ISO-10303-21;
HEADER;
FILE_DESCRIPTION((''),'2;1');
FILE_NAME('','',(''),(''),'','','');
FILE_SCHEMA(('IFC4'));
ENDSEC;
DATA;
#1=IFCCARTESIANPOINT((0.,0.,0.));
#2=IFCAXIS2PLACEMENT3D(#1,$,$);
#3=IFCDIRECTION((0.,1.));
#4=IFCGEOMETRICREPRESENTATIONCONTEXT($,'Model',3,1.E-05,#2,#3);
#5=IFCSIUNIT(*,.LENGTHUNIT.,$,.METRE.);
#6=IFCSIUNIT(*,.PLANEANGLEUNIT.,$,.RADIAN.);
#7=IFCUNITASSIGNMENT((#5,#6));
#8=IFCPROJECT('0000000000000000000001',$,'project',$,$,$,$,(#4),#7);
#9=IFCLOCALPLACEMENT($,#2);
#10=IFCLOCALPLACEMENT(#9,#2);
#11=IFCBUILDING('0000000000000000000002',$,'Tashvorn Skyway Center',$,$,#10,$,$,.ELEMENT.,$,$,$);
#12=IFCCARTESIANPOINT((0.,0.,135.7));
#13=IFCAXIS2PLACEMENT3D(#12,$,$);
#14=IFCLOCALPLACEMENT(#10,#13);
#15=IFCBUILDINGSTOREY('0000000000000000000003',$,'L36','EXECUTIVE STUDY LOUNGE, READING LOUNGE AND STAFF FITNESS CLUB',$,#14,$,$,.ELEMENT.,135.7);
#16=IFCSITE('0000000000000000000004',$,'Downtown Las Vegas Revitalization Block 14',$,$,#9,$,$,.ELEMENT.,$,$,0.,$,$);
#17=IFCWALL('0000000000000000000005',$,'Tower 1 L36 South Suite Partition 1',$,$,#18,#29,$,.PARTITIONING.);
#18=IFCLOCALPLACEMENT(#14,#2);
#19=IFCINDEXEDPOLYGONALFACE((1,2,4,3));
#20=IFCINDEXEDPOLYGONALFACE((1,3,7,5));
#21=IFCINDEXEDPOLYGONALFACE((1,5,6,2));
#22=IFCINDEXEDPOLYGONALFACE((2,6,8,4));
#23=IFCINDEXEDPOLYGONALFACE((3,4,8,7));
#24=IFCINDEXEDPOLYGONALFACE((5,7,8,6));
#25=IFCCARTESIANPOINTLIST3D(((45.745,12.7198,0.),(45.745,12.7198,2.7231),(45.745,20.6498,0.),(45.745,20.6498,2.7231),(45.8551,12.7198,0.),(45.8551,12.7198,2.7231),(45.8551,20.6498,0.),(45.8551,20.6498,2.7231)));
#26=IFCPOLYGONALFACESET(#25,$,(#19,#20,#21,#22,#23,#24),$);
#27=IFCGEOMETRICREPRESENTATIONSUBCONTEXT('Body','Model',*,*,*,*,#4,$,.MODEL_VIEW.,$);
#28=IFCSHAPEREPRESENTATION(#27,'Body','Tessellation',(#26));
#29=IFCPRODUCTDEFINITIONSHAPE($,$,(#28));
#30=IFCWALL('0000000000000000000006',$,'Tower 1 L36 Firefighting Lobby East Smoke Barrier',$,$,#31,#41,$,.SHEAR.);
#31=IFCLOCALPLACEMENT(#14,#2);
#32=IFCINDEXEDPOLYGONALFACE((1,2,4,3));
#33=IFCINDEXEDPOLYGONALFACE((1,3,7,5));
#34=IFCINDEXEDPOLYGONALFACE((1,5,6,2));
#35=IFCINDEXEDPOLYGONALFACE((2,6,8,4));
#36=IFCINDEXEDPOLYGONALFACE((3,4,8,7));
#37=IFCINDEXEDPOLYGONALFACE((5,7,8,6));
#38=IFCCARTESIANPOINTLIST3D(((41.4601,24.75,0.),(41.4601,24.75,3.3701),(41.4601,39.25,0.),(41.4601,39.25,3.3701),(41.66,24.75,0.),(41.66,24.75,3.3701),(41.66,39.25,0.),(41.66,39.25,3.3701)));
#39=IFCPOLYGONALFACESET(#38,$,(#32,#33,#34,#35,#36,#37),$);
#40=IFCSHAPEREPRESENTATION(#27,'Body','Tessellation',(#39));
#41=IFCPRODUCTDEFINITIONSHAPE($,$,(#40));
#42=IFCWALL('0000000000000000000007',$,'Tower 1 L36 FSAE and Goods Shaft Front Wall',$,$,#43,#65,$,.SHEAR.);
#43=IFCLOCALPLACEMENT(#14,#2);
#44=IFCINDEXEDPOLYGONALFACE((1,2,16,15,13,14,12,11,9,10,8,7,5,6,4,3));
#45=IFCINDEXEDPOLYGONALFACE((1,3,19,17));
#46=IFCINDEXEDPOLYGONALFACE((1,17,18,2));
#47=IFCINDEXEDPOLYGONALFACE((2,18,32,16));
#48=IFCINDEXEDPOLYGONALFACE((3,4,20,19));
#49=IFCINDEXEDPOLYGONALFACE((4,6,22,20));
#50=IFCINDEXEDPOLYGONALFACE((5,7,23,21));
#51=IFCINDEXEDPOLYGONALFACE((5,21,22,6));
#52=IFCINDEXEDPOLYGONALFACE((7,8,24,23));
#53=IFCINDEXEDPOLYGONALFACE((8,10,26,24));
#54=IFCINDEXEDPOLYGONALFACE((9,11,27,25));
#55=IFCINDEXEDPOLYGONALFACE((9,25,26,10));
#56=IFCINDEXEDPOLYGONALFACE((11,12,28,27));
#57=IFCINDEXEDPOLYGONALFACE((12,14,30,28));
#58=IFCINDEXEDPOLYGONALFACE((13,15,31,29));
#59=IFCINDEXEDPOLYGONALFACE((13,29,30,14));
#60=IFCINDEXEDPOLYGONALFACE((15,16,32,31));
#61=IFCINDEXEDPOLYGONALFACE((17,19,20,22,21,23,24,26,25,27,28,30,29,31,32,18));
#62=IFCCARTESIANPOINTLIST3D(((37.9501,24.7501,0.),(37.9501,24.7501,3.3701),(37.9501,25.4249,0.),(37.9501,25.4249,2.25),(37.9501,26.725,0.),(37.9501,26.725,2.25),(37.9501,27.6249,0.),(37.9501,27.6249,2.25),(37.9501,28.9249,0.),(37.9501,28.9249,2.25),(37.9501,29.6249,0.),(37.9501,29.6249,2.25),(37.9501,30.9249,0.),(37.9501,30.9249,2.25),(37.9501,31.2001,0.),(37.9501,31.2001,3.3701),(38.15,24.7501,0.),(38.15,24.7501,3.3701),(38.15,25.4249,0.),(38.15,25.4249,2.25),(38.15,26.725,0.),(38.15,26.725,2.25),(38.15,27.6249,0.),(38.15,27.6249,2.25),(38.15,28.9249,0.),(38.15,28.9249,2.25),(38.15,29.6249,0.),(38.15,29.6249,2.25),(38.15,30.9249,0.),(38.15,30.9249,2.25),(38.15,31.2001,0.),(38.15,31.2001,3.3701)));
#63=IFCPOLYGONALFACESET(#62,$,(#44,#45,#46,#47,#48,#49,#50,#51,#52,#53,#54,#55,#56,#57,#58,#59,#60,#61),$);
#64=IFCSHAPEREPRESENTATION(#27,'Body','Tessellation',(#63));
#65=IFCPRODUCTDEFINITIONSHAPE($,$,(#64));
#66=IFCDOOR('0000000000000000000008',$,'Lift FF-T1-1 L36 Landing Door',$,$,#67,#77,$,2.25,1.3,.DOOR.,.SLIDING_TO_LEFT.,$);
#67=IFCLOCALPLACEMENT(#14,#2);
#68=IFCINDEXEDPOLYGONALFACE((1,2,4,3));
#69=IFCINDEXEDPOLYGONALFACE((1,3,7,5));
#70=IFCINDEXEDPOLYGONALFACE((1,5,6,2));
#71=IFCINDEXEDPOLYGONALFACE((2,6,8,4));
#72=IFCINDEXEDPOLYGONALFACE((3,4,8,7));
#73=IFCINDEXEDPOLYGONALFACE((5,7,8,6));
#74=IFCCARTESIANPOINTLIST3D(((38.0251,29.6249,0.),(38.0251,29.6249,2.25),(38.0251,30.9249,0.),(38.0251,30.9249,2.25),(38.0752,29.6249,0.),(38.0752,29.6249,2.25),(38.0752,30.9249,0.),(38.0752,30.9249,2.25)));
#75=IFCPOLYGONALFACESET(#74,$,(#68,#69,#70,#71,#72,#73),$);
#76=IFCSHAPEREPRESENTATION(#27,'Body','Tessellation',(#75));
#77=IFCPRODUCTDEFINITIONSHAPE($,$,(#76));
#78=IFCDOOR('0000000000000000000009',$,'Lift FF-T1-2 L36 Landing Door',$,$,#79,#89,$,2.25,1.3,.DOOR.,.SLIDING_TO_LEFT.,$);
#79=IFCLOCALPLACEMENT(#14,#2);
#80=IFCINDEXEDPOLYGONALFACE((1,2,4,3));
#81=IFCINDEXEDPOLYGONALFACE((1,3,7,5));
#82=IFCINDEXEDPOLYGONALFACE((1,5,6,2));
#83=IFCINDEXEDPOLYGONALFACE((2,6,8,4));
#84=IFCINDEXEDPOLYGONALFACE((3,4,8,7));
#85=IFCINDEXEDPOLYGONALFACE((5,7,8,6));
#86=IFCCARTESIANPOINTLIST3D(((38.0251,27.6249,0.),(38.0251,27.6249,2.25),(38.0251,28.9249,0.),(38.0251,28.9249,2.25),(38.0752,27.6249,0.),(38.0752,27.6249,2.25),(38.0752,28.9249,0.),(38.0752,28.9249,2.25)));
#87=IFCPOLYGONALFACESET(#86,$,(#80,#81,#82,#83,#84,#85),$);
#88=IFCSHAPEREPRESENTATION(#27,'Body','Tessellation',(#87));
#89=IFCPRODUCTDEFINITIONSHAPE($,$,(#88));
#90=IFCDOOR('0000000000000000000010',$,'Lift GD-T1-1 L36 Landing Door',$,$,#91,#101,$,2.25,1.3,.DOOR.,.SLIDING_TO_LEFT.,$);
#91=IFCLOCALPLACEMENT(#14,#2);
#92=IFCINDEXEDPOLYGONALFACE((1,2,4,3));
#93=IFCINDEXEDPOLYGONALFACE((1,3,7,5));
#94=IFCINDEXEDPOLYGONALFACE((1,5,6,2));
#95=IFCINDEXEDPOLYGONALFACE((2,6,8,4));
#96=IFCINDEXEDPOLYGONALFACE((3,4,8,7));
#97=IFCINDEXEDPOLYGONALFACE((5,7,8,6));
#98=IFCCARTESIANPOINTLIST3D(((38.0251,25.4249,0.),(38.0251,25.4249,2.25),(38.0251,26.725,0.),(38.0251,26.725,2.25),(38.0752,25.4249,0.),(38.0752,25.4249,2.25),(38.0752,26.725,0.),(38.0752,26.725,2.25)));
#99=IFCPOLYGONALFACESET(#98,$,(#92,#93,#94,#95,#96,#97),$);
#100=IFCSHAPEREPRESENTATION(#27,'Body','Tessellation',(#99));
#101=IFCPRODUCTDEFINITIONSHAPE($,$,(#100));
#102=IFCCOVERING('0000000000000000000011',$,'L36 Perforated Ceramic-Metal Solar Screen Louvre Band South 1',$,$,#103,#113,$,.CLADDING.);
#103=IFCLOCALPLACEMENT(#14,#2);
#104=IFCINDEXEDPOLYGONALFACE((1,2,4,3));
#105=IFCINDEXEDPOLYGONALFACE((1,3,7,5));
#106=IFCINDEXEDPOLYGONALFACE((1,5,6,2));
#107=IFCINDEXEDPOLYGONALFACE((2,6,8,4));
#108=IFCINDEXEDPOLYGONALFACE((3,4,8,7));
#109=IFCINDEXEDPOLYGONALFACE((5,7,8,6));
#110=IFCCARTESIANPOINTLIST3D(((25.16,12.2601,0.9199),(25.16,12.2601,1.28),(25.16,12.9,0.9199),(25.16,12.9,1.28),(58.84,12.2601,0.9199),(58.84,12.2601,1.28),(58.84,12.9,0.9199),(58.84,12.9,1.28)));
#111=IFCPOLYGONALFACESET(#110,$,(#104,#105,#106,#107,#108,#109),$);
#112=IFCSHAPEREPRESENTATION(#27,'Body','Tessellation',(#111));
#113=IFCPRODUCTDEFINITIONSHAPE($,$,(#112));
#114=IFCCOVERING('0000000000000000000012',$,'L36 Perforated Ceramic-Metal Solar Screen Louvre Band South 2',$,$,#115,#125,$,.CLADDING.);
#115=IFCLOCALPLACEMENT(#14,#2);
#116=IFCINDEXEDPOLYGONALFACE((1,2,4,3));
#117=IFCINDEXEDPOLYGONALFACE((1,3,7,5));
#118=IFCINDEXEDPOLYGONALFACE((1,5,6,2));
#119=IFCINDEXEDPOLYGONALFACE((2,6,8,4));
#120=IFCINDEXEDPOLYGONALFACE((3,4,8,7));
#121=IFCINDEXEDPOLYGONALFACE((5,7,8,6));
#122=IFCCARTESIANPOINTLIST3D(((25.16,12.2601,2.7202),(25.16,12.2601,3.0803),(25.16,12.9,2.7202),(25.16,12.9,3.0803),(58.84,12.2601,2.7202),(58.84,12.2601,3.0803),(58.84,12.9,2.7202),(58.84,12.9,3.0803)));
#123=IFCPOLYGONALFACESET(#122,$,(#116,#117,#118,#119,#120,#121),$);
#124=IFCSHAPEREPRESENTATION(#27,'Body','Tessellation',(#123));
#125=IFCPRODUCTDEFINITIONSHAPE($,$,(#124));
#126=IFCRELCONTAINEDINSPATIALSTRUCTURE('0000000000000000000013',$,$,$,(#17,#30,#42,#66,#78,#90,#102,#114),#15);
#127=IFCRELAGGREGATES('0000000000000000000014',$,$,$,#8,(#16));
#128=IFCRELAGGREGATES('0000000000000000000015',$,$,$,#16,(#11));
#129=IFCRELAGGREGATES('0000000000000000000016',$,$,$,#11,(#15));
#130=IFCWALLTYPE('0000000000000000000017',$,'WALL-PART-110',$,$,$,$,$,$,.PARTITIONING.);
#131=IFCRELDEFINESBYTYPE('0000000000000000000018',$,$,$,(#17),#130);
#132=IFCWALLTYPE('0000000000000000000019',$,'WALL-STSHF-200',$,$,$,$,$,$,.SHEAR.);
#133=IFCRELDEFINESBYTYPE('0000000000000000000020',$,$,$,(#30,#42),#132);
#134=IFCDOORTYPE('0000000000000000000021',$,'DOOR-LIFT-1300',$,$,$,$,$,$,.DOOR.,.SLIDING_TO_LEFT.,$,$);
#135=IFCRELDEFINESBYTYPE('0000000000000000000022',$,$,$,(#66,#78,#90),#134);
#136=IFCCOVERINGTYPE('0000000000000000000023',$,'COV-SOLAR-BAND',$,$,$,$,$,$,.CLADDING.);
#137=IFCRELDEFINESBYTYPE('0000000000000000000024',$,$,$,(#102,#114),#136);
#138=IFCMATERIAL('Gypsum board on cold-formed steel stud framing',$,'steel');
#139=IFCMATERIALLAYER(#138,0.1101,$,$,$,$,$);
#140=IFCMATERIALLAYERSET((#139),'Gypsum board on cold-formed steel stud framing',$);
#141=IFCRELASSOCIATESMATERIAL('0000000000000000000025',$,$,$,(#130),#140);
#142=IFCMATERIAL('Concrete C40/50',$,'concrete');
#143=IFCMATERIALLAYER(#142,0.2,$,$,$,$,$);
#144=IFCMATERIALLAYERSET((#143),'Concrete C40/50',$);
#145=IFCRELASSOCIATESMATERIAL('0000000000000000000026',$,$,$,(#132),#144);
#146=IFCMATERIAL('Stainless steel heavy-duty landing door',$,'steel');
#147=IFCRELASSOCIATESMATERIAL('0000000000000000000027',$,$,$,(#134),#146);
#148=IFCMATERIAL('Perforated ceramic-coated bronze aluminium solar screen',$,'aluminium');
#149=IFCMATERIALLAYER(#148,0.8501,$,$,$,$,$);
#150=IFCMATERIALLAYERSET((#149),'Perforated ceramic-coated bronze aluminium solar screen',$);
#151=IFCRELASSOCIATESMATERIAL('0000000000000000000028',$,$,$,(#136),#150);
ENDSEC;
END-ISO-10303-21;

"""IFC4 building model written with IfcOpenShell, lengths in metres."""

from ifc_helpers import new_model, si_unit, direction, frame, frame_2d, origin, origin_2d, place, context, subcontext, project, spatial, rectangle, extrude, material, layer, layer_set, type_object, element, fill, save


model = new_model("IFC4")

# Units and contexts
model_context = context("Model", 3, precision=1e-05, world=origin(), true_north=direction((0.0, 1.0)))
body_context = subcontext(model_context, "Body", "Model", "MODEL_VIEW")
ifc_project = project(units=[si_unit("LENGTHUNIT", "METRE"), si_unit("PLANEANGLEUNIT", "RADIAN")], contexts=[model_context])

# Site, building, storey
site_placement = place(None, origin())
site = spatial("IfcSite", under=ifc_project, at=site_placement, Name="Downtown Las Vegas Revitalization Block 14", CompositionType="ELEMENT", RefElevation=0.0)
building_placement = place(site_placement, origin())
building = spatial("IfcBuilding", under=site, at=building_placement, Name="Tashvorn Skyway Center", CompositionType="ELEMENT")
storey_placement = place(building_placement, frame((0.0, 0.0, 135.7)))
storey = spatial("IfcBuildingStorey", under=building, at=storey_placement, Name="L36", Description="EXECUTIVE STUDY LOUNGE, READING LOUNGE AND STAFF FITNESS CLUB", CompositionType="ELEMENT", Elevation=135.7)

# Walls
ifc_material_1 = material(Name="Gypsum board on cold-formed steel stud framing", Category="steel")
ifc_layer_1 = layer(ifc_material_1, 0.1101)
ifc_layer_set_1 = layer_set([ifc_layer_1], Name="Gypsum board on cold-formed steel stud framing")
wall_type_1 = type_object("IfcWallType", Name="WALL-PART-110", PredefinedType="PARTITIONING", material=ifc_layer_set_1)
wall_1_placement = place(storey_placement, frame((45.8, 12.72, 0.0), z_axis=(0.0, 0.0, 1.0), x_axis=(0.0, 1.0, 0.0)))
element("IfcWall", 1, at=wall_1_placement, inside=storey, type_object=wall_type_1, Name="Tower 1 L36 South Suite Partition 1", PredefinedType="PARTITIONING", context=body_context, shape_type="SweptSolid", body=[
    extrude(rectangle(XDim=7.9299, YDim=0.1101, at=frame_2d((3.9648, 0.0))), origin(), (0.0, 0.0, 1.0), 2.7231),
])
ifc_material_2 = material(Name="Concrete C40/50", Category="concrete")
ifc_layer_2 = layer(ifc_material_2, 0.2)
ifc_layer_set_2 = layer_set([ifc_layer_2], Name="Concrete C40/50")
wall_type_2 = type_object("IfcWallType", Name="WALL-STSHF-200", PredefinedType="SHEAR", material=ifc_layer_set_2)
wall_2_placement = place(storey_placement, frame((41.5601, 24.75, 0.0), z_axis=(0.0, 0.0, 1.0), x_axis=(0.0, 1.0, 0.0)))
element("IfcWall", 2, at=wall_2_placement, inside=storey, type_object=wall_type_2, Name="Tower 1 L36 Firefighting Lobby East Smoke Barrier", PredefinedType="SHEAR", context=body_context, shape_type="SweptSolid", body=[
    extrude(rectangle(XDim=14.5, YDim=0.2, at=frame_2d((7.25, 0.0))), origin(), (0.0, 0.0, 1.0), 3.3701),
])

# Wall, openings, doors
wall_3_placement = place(storey_placement, frame((38.05, 24.75, 0.0), z_axis=(0.0, 0.0, 1.0), x_axis=(0.0, 1.0, 0.0)))
wall_3 = element("IfcWall", 3, at=wall_3_placement, inside=storey, type_object=wall_type_2, Name="Tower 1 L36 FSAE and Goods Shaft Front Wall", PredefinedType="SHEAR", context=body_context, shape_type="SweptSolid", body=[
    extrude(rectangle(XDim=6.45, YDim=0.2, at=frame_2d((3.2251, 0.0))), origin(), (0.0, 0.0, 1.0), 3.3701),
])
opening_1_placement = place(wall_3_placement, frame((4.875, 0.0, 0.0)))
opening_1 = element("IfcOpeningElement", 4, at=opening_1_placement, cuts=wall_3, PredefinedType="OPENING", context=body_context, shape_type="SweptSolid", body=[
    extrude(rectangle(XDim=1.3, YDim=2.25, at=frame_2d((0.6499, 1.125))), frame((0.0, 0.1099, 0.0), z_axis=(0.0, -1.0, 0.0), x_axis=(1.0, 0.0, 0.0)), (0.0, 0.0, 1.0), 0.22),
])
opening_2_placement = place(wall_3_placement, frame((2.875, 0.0, 0.0)))
opening_2 = element("IfcOpeningElement", 5, at=opening_2_placement, cuts=wall_3, PredefinedType="OPENING", context=body_context, shape_type="SweptSolid", body=[
    extrude(rectangle(XDim=1.3, YDim=2.25, at=frame_2d((0.6499, 1.125))), frame((0.0, 0.1099, 0.0), z_axis=(0.0, -1.0, 0.0), x_axis=(1.0, 0.0, 0.0)), (0.0, 0.0, 1.0), 0.22),
])
opening_3_placement = place(wall_3_placement, frame((0.675, 0.0, 0.0)))
opening_3 = element("IfcOpeningElement", 6, at=opening_3_placement, cuts=wall_3, PredefinedType="OPENING", context=body_context, shape_type="SweptSolid", body=[
    extrude(rectangle(XDim=1.3, YDim=2.25, at=frame_2d((0.6499, 1.125))), frame((0.0, 0.1099, 0.0), z_axis=(0.0, -1.0, 0.0), x_axis=(1.0, 0.0, 0.0)), (0.0, 0.0, 1.0), 0.22),
])
ifc_material_3 = material(Name="Stainless steel heavy-duty landing door", Category="steel")
door_type = type_object("IfcDoorType", Name="DOOR-LIFT-1300", OperationType="SLIDING_TO_LEFT", PredefinedType="DOOR", material=ifc_material_3)
door_1_placement = place(opening_1_placement, origin())
door_1 = element("IfcDoor", 7, at=door_1_placement, inside=storey, type_object=door_type, Name="Lift FF-T1-1 L36 Landing Door", OperationType="SLIDING_TO_LEFT", OverallHeight=2.25, OverallWidth=1.3, PredefinedType="DOOR", context=body_context, shape_type="SweptSolid", body=[
    extrude(rectangle(XDim=1.3, YDim=2.25, at=frame_2d((0.6499, 1.125))), frame((0.0, 0.0249, 0.0), z_axis=(0.0, -1.0, 0.0), x_axis=(1.0, 0.0, 0.0)), (0.0, 0.0, 1.0), 0.05),
])
fill(opening_1, door_1)
door_2_placement = place(opening_2_placement, origin())
door_2 = element("IfcDoor", 8, at=door_2_placement, inside=storey, type_object=door_type, Name="Lift FF-T1-2 L36 Landing Door", OperationType="SLIDING_TO_LEFT", OverallHeight=2.25, OverallWidth=1.3, PredefinedType="DOOR", context=body_context, shape_type="SweptSolid", body=[
    extrude(rectangle(XDim=1.3, YDim=2.25, at=frame_2d((0.6499, 1.125))), frame((0.0, 0.0249, 0.0), z_axis=(0.0, -1.0, 0.0), x_axis=(1.0, 0.0, 0.0)), (0.0, 0.0, 1.0), 0.05),
])
fill(opening_2, door_2)
door_3_placement = place(opening_3_placement, origin())
door_3 = element("IfcDoor", 9, at=door_3_placement, inside=storey, type_object=door_type, Name="Lift GD-T1-1 L36 Landing Door", OperationType="SLIDING_TO_LEFT", OverallHeight=2.25, OverallWidth=1.3, PredefinedType="DOOR", context=body_context, shape_type="SweptSolid", body=[
    extrude(rectangle(XDim=1.3, YDim=2.25, at=frame_2d((0.6499, 1.125))), frame((0.0, 0.0249, 0.0), z_axis=(0.0, -1.0, 0.0), x_axis=(1.0, 0.0, 0.0)), (0.0, 0.0, 1.0), 0.05),
])
fill(opening_3, door_3)

# Coverings
ifc_material_4 = material(Name="Perforated ceramic-coated bronze aluminium solar screen", Category="aluminium")
ifc_layer_3 = layer(ifc_material_4, 0.8501)
ifc_layer_set_3 = layer_set([ifc_layer_3], Name="Perforated ceramic-coated bronze aluminium solar screen")
covering_type = type_object("IfcCoveringType", Name="COV-SOLAR-BAND", PredefinedType="CLADDING", material=ifc_layer_set_3)
for number, where, z_axis, x_axis, name in (
    (10, (42.0, 12.5801, 0.9199), (0.0, 0.0, 1.0), (-1.0, 0.0, 0.0), "L36 Perforated Ceramic-Metal Solar Screen Louvre Band South 1"),
    (11, (42.0, 12.5801, 2.7202), (0.0, 0.0, 1.0), (-1.0, 0.0, 0.0), "L36 Perforated Ceramic-Metal Solar Screen Louvre Band South 2"),
):
    element("IfcCovering", number, at=place(storey_placement, frame(where, z_axis=z_axis, x_axis=x_axis)), inside=storey, type_object=covering_type, Name=name, PredefinedType="CLADDING", context=body_context, shape_type="SweptSolid", body=[
        extrude(rectangle(XDim=33.6799, YDim=0.6399, at=origin_2d()), origin(), (0.0, 0.0, 1.0), 0.3601),
    ])

save(model, "model.ifc")
